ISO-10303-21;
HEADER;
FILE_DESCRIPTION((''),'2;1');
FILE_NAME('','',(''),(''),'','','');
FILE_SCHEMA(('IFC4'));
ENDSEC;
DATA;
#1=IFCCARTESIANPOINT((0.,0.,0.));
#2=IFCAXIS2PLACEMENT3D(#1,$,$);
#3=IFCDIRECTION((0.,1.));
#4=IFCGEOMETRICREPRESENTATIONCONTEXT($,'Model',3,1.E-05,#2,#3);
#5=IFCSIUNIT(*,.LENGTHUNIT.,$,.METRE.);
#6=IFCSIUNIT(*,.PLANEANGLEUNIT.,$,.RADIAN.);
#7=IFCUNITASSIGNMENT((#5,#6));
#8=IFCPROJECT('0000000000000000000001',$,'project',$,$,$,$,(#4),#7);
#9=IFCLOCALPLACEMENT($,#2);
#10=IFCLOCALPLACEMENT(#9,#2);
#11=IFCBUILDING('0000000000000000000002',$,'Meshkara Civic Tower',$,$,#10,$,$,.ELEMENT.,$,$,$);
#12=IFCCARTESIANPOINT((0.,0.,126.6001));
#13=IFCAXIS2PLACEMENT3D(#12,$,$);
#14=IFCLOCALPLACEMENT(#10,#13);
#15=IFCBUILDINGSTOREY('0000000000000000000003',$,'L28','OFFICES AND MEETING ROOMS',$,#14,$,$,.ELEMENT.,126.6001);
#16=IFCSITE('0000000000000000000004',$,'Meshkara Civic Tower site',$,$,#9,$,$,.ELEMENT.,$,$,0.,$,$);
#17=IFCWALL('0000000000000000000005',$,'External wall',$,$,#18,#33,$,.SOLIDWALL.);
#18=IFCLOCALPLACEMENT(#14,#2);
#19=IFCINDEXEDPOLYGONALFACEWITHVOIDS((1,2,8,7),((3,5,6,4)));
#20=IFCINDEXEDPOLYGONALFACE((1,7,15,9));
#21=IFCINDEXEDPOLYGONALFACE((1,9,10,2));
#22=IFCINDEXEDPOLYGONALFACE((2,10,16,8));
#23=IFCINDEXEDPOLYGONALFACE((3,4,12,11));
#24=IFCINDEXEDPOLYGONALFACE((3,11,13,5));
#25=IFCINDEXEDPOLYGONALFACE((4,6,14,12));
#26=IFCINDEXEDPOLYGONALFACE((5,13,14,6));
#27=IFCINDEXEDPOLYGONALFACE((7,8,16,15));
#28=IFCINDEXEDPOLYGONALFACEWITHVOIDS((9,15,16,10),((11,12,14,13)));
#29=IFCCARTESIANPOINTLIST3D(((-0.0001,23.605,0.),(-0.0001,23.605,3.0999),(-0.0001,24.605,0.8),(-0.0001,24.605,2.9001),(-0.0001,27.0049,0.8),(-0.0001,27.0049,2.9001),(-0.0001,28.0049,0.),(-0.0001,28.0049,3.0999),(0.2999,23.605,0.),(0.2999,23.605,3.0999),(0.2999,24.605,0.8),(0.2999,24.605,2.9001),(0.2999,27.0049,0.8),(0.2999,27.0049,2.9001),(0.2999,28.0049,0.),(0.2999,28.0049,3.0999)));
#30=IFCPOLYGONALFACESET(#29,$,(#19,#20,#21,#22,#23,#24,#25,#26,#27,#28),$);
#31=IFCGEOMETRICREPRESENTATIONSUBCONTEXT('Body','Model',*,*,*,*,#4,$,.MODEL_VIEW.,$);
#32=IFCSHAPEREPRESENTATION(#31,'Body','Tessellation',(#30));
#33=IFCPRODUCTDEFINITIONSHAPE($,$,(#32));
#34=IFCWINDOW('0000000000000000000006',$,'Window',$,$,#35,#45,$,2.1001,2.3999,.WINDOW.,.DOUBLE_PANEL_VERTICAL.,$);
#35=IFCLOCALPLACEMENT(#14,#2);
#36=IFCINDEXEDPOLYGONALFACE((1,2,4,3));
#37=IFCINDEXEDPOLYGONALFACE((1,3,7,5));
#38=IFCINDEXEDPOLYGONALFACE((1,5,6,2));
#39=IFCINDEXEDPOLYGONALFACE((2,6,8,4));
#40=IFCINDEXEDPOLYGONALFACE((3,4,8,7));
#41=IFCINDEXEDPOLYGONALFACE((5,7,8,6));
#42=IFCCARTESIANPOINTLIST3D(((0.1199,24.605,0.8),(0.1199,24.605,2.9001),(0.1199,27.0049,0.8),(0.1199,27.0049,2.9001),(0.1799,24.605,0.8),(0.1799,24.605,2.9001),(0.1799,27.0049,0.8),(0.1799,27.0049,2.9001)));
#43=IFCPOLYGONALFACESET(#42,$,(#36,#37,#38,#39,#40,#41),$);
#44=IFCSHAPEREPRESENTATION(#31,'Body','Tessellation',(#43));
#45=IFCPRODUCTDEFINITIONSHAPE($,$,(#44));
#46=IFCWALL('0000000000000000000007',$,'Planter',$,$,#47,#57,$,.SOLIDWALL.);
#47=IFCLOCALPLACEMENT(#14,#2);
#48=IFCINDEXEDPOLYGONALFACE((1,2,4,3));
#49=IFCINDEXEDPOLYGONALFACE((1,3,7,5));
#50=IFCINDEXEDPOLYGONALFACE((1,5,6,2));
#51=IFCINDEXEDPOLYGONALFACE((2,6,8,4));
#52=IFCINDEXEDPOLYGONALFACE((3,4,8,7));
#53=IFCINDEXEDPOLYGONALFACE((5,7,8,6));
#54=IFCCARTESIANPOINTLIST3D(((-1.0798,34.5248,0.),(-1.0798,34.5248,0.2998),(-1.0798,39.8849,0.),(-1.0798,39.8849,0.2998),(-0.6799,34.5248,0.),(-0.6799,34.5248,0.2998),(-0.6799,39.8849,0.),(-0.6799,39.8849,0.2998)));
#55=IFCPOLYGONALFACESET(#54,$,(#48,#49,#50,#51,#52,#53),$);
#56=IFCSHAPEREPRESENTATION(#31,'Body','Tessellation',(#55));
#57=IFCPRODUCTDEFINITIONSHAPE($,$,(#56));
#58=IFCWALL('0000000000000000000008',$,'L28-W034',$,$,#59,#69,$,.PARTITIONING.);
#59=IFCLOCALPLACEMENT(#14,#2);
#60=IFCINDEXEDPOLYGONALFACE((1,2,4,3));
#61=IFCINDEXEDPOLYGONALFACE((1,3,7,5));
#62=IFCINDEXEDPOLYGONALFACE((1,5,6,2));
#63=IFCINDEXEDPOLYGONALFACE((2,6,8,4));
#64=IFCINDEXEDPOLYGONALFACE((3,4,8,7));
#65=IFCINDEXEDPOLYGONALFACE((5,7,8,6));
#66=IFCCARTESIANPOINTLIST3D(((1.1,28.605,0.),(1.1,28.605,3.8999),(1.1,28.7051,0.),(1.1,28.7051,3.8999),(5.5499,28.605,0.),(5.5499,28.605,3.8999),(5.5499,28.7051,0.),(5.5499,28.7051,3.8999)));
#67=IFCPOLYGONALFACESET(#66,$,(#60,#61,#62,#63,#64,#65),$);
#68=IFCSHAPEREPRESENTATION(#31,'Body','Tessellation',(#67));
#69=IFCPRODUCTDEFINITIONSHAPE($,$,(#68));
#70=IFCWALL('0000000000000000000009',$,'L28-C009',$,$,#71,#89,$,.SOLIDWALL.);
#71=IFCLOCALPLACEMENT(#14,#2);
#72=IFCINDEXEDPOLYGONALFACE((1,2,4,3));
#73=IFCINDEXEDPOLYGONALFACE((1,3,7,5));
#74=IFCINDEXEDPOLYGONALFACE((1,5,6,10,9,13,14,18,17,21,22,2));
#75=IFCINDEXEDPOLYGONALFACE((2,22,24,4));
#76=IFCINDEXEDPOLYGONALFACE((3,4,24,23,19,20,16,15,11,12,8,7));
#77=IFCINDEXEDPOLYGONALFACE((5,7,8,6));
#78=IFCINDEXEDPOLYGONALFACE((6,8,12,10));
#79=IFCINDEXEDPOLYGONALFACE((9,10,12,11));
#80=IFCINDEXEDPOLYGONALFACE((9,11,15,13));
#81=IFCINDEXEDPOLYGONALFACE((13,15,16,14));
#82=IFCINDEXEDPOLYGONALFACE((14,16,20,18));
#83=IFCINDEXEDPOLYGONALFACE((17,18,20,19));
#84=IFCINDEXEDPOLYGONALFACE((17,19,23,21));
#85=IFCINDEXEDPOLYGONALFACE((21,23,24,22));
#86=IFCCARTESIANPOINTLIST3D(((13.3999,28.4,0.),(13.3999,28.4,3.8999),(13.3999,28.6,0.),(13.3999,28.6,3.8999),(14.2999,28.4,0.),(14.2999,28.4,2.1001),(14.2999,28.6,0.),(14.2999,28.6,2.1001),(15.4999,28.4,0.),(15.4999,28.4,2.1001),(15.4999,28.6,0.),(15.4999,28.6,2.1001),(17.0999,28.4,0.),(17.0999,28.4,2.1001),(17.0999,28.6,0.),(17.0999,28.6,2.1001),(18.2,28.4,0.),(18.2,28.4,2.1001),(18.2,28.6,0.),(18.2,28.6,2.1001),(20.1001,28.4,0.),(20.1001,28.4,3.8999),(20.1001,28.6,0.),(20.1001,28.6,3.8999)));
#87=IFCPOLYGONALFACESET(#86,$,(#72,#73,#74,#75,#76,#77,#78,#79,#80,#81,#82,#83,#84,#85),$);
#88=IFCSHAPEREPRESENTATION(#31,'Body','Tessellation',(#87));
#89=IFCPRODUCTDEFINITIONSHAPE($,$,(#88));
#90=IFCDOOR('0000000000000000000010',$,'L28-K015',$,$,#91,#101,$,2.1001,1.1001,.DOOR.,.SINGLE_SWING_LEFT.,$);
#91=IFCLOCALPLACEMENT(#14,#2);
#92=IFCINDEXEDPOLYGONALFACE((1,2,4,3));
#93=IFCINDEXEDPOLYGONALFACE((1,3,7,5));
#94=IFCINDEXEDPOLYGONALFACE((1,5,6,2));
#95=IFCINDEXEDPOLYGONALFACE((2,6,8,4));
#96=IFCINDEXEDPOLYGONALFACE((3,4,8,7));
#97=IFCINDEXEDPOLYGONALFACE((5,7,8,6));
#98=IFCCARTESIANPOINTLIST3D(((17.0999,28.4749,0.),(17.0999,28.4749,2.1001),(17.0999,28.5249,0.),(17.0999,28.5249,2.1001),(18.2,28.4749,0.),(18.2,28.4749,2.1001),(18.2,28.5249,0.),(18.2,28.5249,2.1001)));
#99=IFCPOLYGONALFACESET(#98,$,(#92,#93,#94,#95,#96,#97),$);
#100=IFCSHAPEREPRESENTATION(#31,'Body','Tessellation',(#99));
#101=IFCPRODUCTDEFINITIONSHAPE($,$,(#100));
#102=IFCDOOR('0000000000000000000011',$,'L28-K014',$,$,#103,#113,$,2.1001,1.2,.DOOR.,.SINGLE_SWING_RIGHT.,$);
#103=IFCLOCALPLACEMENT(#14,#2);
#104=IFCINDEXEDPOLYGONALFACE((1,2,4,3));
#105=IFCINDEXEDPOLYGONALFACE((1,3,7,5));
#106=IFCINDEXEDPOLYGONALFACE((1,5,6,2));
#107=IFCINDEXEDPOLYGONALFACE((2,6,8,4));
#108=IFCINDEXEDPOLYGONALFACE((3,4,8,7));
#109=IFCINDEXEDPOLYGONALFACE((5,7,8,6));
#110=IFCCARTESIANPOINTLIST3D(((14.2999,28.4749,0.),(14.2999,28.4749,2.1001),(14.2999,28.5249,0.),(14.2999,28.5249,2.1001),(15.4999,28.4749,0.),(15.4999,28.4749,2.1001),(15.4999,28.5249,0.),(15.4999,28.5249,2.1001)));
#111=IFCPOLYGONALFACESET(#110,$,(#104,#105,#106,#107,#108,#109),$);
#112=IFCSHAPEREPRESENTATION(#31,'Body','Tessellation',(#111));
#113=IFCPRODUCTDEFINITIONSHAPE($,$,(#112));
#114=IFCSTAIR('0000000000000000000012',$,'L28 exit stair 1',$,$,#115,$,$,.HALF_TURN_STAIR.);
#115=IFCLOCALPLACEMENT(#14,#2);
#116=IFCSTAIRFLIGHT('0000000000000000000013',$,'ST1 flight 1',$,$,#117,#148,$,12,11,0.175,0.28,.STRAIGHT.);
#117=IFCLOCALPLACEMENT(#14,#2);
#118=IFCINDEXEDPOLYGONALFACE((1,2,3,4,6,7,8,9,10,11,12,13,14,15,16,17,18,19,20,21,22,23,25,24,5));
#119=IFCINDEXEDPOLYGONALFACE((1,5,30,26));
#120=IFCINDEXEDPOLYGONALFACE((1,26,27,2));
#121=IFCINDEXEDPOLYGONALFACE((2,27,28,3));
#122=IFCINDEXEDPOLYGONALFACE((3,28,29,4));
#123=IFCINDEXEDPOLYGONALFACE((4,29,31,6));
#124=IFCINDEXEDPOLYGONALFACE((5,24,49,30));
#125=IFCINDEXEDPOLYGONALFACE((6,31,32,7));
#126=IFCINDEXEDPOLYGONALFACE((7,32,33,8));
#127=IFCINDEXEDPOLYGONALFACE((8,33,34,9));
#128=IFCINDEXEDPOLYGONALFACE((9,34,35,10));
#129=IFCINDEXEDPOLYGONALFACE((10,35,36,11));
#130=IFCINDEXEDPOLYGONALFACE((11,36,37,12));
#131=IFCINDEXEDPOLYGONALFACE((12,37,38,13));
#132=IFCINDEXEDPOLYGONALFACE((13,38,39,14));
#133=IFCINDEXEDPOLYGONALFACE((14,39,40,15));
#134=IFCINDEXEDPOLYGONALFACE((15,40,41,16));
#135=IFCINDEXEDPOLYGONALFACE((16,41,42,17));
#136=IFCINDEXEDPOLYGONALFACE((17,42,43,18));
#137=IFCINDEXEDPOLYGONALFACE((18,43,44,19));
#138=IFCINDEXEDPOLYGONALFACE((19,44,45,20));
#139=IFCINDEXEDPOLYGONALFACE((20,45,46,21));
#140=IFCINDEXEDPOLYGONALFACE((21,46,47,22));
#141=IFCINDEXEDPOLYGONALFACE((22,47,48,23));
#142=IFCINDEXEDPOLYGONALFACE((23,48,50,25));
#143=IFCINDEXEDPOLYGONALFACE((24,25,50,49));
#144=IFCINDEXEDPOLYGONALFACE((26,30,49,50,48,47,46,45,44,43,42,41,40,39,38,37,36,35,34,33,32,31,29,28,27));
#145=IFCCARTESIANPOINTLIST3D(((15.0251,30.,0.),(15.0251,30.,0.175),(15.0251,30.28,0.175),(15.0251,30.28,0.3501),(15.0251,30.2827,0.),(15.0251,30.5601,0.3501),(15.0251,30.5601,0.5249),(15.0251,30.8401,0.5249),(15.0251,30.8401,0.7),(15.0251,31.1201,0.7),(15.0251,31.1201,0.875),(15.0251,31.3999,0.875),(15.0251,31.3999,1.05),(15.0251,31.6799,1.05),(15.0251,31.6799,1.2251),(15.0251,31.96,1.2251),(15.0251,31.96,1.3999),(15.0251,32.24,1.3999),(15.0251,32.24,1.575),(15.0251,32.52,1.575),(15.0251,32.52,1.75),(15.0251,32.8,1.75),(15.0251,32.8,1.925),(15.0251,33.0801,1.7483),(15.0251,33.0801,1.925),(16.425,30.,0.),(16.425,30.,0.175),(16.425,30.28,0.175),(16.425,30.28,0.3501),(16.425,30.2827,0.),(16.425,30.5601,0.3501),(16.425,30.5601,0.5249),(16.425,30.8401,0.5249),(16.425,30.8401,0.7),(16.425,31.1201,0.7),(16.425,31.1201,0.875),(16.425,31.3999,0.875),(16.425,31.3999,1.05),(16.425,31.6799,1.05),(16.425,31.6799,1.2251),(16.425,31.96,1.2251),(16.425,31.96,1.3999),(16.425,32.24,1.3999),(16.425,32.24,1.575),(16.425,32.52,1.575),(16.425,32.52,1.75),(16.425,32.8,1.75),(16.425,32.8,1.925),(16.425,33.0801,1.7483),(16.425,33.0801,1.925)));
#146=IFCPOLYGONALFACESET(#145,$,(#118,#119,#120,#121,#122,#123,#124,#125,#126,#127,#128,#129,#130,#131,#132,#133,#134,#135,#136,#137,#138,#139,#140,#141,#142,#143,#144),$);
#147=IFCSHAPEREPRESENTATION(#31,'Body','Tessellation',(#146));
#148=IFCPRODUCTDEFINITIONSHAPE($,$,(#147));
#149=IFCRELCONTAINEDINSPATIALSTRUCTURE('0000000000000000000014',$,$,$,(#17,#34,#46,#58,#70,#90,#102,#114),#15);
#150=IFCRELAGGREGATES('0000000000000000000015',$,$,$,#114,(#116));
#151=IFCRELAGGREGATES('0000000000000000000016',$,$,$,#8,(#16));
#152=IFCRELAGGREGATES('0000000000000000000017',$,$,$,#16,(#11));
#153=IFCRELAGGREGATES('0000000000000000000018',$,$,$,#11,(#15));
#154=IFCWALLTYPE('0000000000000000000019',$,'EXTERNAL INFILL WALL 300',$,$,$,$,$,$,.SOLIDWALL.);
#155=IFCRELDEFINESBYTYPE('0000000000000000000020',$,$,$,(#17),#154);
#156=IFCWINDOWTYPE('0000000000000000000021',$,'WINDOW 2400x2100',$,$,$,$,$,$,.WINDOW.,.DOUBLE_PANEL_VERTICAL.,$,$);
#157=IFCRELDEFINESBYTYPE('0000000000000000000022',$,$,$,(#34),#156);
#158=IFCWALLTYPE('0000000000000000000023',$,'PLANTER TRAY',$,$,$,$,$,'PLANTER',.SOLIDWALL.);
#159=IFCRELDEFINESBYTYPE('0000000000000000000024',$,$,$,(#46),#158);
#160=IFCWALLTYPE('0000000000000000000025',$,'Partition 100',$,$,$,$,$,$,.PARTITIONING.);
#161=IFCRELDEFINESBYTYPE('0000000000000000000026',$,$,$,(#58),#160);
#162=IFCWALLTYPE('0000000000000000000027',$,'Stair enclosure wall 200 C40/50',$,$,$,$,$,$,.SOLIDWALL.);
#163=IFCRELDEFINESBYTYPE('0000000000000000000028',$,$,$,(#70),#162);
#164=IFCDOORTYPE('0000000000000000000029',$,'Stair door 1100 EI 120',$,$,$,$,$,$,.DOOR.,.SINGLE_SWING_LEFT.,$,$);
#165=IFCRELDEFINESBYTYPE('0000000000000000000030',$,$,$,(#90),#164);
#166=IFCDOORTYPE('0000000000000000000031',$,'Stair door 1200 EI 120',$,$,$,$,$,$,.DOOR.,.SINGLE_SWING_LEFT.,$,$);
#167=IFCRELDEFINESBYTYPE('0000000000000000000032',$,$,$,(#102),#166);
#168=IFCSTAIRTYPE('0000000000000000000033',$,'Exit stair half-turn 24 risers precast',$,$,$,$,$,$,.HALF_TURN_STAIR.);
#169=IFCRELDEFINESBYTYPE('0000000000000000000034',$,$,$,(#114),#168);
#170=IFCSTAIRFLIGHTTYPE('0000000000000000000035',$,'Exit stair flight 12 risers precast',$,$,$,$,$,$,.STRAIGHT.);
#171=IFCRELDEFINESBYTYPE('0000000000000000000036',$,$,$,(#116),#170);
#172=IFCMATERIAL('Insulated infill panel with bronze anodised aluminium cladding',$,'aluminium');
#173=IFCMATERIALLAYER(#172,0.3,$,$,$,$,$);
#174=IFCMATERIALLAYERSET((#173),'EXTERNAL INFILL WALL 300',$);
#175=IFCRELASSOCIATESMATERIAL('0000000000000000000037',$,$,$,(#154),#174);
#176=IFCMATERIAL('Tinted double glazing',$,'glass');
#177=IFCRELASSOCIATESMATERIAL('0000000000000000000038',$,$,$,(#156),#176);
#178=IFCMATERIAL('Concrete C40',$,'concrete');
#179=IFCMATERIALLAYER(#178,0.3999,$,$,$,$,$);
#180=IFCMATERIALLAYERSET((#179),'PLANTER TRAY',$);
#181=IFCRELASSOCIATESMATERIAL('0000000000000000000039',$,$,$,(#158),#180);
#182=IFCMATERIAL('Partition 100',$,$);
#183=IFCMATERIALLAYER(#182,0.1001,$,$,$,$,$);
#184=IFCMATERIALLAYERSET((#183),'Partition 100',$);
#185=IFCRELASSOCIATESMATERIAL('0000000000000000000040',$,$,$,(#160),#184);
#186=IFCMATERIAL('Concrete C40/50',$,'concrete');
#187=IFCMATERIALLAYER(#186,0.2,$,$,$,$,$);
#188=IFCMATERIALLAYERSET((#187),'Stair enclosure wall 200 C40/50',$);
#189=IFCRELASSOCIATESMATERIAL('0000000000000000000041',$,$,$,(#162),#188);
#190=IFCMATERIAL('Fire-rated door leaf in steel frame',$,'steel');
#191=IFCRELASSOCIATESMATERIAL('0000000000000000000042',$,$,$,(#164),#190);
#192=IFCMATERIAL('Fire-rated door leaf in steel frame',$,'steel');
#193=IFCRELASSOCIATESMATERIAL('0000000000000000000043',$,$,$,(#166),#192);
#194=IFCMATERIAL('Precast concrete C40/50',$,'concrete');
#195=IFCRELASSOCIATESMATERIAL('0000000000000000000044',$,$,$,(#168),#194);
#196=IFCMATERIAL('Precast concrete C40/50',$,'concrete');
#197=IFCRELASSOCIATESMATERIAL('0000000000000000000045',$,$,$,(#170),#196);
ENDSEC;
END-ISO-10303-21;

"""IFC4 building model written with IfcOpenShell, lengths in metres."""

from ifc_helpers import new_model, si_unit, direction, frame, frame_2d, origin, place, context, subcontext, project, spatial, polyline, rectangle, outline, extrude, material, layer, layer_set, type_object, element, fill, aggregate, save


model = new_model("IFC4")

# Units and contexts
model_context = context("Model", 3, precision=1e-05, world=origin(), true_north=direction((0.0, 1.0)))
body_context = subcontext(model_context, "Body", "Model", "MODEL_VIEW")
ifc_project = project(units=[si_unit("LENGTHUNIT", "METRE"), si_unit("PLANEANGLEUNIT", "RADIAN")], contexts=[model_context])

# Site, building, storey
site_placement = place(None, origin())
site = spatial("IfcSite", under=ifc_project, at=site_placement, Name="Meshkara Civic Tower site", CompositionType="ELEMENT", RefElevation=0.0)
building_placement = place(site_placement, origin())
building = spatial("IfcBuilding", under=site, at=building_placement, Name="Meshkara Civic Tower", CompositionType="ELEMENT")
storey_placement = place(building_placement, frame((0.0, 0.0, 126.6001)))
storey = spatial("IfcBuildingStorey", under=building, at=storey_placement, Name="L28", Description="OFFICES AND MEETING ROOMS", CompositionType="ELEMENT", Elevation=126.6001)

# Wall, opening, window
ifc_material_1 = material(Name="Insulated infill panel with bronze anodised aluminium cladding", Category="aluminium")
ifc_layer_1 = layer(ifc_material_1, 0.3)
ifc_layer_set_1 = layer_set([ifc_layer_1], Name="EXTERNAL INFILL WALL 300")
wall_type_1 = type_object("IfcWallType", Name="EXTERNAL INFILL WALL 300", PredefinedType="SOLIDWALL", material=ifc_layer_set_1)
ifc_material_2 = material(Name="Tinted double glazing", Category="glass")
window_type = type_object("IfcWindowType", Name="WINDOW 2400x2100", PartitioningType="DOUBLE_PANEL_VERTICAL", PredefinedType="WINDOW", material=ifc_material_2)
wall_1_placement = place(storey_placement, frame((0.1499, 28.0049, 0.0), z_axis=(0.0, 0.0, 1.0), x_axis=(0.0, -1.0, 0.0)))
wall_1 = element("IfcWall", 1, at=wall_1_placement, inside=storey, type_object=wall_type_1, Name="External wall", PredefinedType="SOLIDWALL", context=body_context, shape_type="SweptSolid", body=[
    extrude(rectangle(XDim=4.3999, YDim=0.3, at=frame_2d((2.2, 0.0))), origin(), (0.0, 0.0, 1.0), 3.0999),
])
opening_1_placement = place(wall_1_placement, frame((1.0, 0.0, 0.8)))
opening_1 = element("IfcOpeningElement", 2, at=opening_1_placement, cuts=wall_1, PredefinedType="OPENING", context=body_context, shape_type="SweptSolid", body=[
    extrude(rectangle(XDim=2.3999, YDim=2.1001, at=frame_2d((1.2, 1.05))), frame((0.0, 0.1599, 0.0), z_axis=(0.0, -1.0, 0.0), x_axis=(1.0, 0.0, 0.0)), (0.0, 0.0, 1.0), 0.3201),
])
window_1_placement = place(opening_1_placement, origin())
window_1 = element("IfcWindow", 3, at=window_1_placement, inside=storey, type_object=window_type, Name="Window", OverallHeight=2.1001, OverallWidth=2.3999, PartitioningType="DOUBLE_PANEL_VERTICAL", PredefinedType="WINDOW", context=body_context, shape_type="SweptSolid", body=[
    extrude(rectangle(XDim=2.3999, YDim=2.1001, at=frame_2d((1.2, 1.05))), frame((0.0, 0.03, 0.0), z_axis=(0.0, -1.0, 0.0), x_axis=(1.0, 0.0, 0.0)), (0.0, 0.0, 1.0), 0.0601),
])
fill(opening_1, window_1)

# Walls
ifc_material_3 = material(Name="Concrete C40", Category="concrete")
ifc_layer_2 = layer(ifc_material_3, 0.3999)
ifc_layer_set_2 = layer_set([ifc_layer_2], Name="PLANTER TRAY")
wall_type_2 = type_object("IfcWallType", Name="PLANTER TRAY", ElementType="PLANTER", PredefinedType="SOLIDWALL", material=ifc_layer_set_2)
wall_2_placement = place(storey_placement, frame((-0.8799, 39.885, 0.0), z_axis=(0.0, 0.0, 1.0), x_axis=(0.0, -1.0, 0.0)))
element("IfcWall", 4, at=wall_2_placement, inside=storey, type_object=wall_type_2, Name="Planter", PredefinedType="SOLIDWALL", context=body_context, shape_type="SweptSolid", body=[
    extrude(rectangle(XDim=5.3601, YDim=0.3999, at=frame_2d((2.6802, 0.0))), origin(), (0.0, 0.0, 1.0), 0.2998),
])
ifc_material_4 = material(Name="Partition 100")
ifc_layer_3 = layer(ifc_material_4, 0.1001)
ifc_layer_set_3 = layer_set([ifc_layer_3], Name="Partition 100")
wall_type_3 = type_object("IfcWallType", Name="Partition 100", PredefinedType="PARTITIONING", material=ifc_layer_set_3)
wall_3_placement = place(storey_placement, frame((5.55, 28.655, 0.0), z_axis=(0.0, 0.0, 1.0), x_axis=(-1.0, 0.0, 0.0)))
element("IfcWall", 5, at=wall_3_placement, inside=storey, type_object=wall_type_3, Name="L28-W034", PredefinedType="PARTITIONING", context=body_context, shape_type="SweptSolid", body=[
    extrude(rectangle(XDim=4.45, YDim=0.1001, at=frame_2d((2.2251, 0.0))), origin(), (0.0, 0.0, 1.0), 3.8999),
])

# Wall, openings, doors
ifc_material_5 = material(Name="Concrete C40/50", Category="concrete")
ifc_layer_4 = layer(ifc_material_5, 0.2)
ifc_layer_set_4 = layer_set([ifc_layer_4], Name="Stair enclosure wall 200 C40/50")
wall_type_4 = type_object("IfcWallType", Name="Stair enclosure wall 200 C40/50", PredefinedType="SOLIDWALL", material=ifc_layer_set_4)
wall_4_placement = place(storey_placement, frame((13.3999, 28.5, 0.0), z_axis=(0.0, 0.0, 1.0), x_axis=(1.0, 0.0, 0.0)))
wall_4 = element("IfcWall", 6, at=wall_4_placement, inside=storey, type_object=wall_type_4, Name="L28-C009", PredefinedType="SOLIDWALL", context=body_context, shape_type="SweptSolid", body=[
    extrude(rectangle(XDim=6.7002, YDim=0.2, at=frame_2d((3.3501, 0.0))), origin(), (0.0, 0.0, 1.0), 3.8999),
])
opening_2_placement = place(wall_4_placement, frame((0.8999, 0.0, 0.0)))
opening_2 = element("IfcOpeningElement", 7, at=opening_2_placement, cuts=wall_4, PredefinedType="OPENING", context=body_context, shape_type="SweptSolid", body=[
    extrude(rectangle(XDim=1.2, YDim=2.1001, at=frame_2d((0.6001, 1.05))), frame((0.0, 0.1099, 0.0), z_axis=(0.0, -1.0, 0.0), x_axis=(1.0, 0.0, 0.0)), (0.0, 0.0, 1.0), 0.22),
])
opening_3_placement = place(wall_4_placement, frame((3.7, 0.0, 0.0)))
opening_3 = element("IfcOpeningElement", 8, at=opening_3_placement, cuts=wall_4, PredefinedType="OPENING", context=body_context, shape_type="SweptSolid", body=[
    extrude(rectangle(XDim=1.1001, YDim=2.1001, at=frame_2d((0.55, 1.05))), frame((0.0, 0.1099, 0.0), z_axis=(0.0, -1.0, 0.0), x_axis=(1.0, 0.0, 0.0)), (0.0, 0.0, 1.0), 0.22),
])
ifc_material_6 = material(Name="Fire-rated door leaf in steel frame", Category="steel")
door_type_1 = type_object("IfcDoorType", Name="Stair door 1100 EI 120", OperationType="SINGLE_SWING_LEFT", PredefinedType="DOOR", material=ifc_material_6)
door_1_placement = place(opening_3_placement, origin())
door_1 = element("IfcDoor", 9, at=door_1_placement, inside=storey, type_object=door_type_1, Name="L28-K015", OperationType="SINGLE_SWING_LEFT", OverallHeight=2.1001, OverallWidth=1.1001, PredefinedType="DOOR", context=body_context, shape_type="SweptSolid", body=[
    extrude(rectangle(XDim=1.1001, YDim=2.1001, at=frame_2d((0.55, 1.05))), frame((0.0, 0.0249, 0.0), z_axis=(0.0, -1.0, 0.0), x_axis=(1.0, 0.0, 0.0)), (0.0, 0.0, 1.0), 0.05),
])
fill(opening_3, door_1)
ifc_material_7 = material(Name="Fire-rated door leaf in steel frame", Category="steel")
door_type_2 = type_object("IfcDoorType", Name="Stair door 1200 EI 120", OperationType="SINGLE_SWING_LEFT", PredefinedType="DOOR", material=ifc_material_7)
door_2_placement = place(opening_2_placement, origin())
door_2 = element("IfcDoor", 10, at=door_2_placement, inside=storey, type_object=door_type_2, Name="L28-K014", OperationType="SINGLE_SWING_RIGHT", OverallHeight=2.1001, OverallWidth=1.2, PredefinedType="DOOR", context=body_context, shape_type="SweptSolid", body=[
    extrude(rectangle(XDim=1.2, YDim=2.1001, at=frame_2d((0.6001, 1.05))), frame((0.0, 0.0249, 0.0), z_axis=(0.0, -1.0, 0.0), x_axis=(1.0, 0.0, 0.0)), (0.0, 0.0, 1.0), 0.05),
])
fill(opening_2, door_2)

# Stair, stair flight
ifc_material_8 = material(Name="Precast concrete C40/50", Category="concrete")
stair_type = type_object("IfcStairType", Name="Exit stair half-turn 24 risers precast", PredefinedType="HALF_TURN_STAIR", material=ifc_material_8)
stair_placement = place(storey_placement, origin())
stair = element("IfcStair", 11, at=stair_placement, inside=storey, type_object=stair_type, Name="L28 exit stair 1", PredefinedType="HALF_TURN_STAIR")
ifc_material_9 = material(Name="Precast concrete C40/50", Category="concrete")
stair_flight_type = type_object("IfcStairFlightType", Name="Exit stair flight 12 risers precast", PredefinedType="STRAIGHT", material=ifc_material_9)
stair_flight_1_placement = place(storey_placement, frame((15.7251, 30.0, 0.0), z_axis=(0.0, 0.0, 1.0), x_axis=(0.0, 1.0, 0.0)))
stair_flight_1 = element("IfcStairFlight", 12, at=stair_flight_1_placement, type_object=stair_flight_type, Name="ST1 flight 1", NumberOfRisers=12, NumberOfTreads=11, PredefinedType="STRAIGHT", RiserHeight=0.175, TreadLength=0.28, context=body_context, shape_type="SweptSolid", body=[
    extrude(outline(polyline([(0.0, 0.0), (0.0, 0.175), (0.28, 0.175), (0.28, 0.3501), (0.5601, 0.3501), (0.5601, 0.5249), (0.8401, 0.5249), (0.8401, 0.7), (1.1201, 0.7), (1.1201, 0.875), (1.3999, 0.875), (1.3999, 1.05), (1.6799, 1.05), (1.6799, 1.2251), (1.96, 1.2251), (1.96, 1.3999), (2.24, 1.3999), (2.24, 1.575), (2.52, 1.575), (2.52, 1.75), (2.8, 1.75), (2.8, 1.925), (3.0801, 1.925), (3.0801, 2.1001), (3.0801, 1.7483), (0.2827, 0.0), (0.0, 0.0)])), frame((0.0, 0.7, 0.0), z_axis=(0.0, -1.0, 0.0), x_axis=(1.0, 0.0, 0.0)), (0.0, 0.0, 1.0), 1.3999),
])
aggregate(stair, [stair_flight_1])

save(model, "model.ifc")
